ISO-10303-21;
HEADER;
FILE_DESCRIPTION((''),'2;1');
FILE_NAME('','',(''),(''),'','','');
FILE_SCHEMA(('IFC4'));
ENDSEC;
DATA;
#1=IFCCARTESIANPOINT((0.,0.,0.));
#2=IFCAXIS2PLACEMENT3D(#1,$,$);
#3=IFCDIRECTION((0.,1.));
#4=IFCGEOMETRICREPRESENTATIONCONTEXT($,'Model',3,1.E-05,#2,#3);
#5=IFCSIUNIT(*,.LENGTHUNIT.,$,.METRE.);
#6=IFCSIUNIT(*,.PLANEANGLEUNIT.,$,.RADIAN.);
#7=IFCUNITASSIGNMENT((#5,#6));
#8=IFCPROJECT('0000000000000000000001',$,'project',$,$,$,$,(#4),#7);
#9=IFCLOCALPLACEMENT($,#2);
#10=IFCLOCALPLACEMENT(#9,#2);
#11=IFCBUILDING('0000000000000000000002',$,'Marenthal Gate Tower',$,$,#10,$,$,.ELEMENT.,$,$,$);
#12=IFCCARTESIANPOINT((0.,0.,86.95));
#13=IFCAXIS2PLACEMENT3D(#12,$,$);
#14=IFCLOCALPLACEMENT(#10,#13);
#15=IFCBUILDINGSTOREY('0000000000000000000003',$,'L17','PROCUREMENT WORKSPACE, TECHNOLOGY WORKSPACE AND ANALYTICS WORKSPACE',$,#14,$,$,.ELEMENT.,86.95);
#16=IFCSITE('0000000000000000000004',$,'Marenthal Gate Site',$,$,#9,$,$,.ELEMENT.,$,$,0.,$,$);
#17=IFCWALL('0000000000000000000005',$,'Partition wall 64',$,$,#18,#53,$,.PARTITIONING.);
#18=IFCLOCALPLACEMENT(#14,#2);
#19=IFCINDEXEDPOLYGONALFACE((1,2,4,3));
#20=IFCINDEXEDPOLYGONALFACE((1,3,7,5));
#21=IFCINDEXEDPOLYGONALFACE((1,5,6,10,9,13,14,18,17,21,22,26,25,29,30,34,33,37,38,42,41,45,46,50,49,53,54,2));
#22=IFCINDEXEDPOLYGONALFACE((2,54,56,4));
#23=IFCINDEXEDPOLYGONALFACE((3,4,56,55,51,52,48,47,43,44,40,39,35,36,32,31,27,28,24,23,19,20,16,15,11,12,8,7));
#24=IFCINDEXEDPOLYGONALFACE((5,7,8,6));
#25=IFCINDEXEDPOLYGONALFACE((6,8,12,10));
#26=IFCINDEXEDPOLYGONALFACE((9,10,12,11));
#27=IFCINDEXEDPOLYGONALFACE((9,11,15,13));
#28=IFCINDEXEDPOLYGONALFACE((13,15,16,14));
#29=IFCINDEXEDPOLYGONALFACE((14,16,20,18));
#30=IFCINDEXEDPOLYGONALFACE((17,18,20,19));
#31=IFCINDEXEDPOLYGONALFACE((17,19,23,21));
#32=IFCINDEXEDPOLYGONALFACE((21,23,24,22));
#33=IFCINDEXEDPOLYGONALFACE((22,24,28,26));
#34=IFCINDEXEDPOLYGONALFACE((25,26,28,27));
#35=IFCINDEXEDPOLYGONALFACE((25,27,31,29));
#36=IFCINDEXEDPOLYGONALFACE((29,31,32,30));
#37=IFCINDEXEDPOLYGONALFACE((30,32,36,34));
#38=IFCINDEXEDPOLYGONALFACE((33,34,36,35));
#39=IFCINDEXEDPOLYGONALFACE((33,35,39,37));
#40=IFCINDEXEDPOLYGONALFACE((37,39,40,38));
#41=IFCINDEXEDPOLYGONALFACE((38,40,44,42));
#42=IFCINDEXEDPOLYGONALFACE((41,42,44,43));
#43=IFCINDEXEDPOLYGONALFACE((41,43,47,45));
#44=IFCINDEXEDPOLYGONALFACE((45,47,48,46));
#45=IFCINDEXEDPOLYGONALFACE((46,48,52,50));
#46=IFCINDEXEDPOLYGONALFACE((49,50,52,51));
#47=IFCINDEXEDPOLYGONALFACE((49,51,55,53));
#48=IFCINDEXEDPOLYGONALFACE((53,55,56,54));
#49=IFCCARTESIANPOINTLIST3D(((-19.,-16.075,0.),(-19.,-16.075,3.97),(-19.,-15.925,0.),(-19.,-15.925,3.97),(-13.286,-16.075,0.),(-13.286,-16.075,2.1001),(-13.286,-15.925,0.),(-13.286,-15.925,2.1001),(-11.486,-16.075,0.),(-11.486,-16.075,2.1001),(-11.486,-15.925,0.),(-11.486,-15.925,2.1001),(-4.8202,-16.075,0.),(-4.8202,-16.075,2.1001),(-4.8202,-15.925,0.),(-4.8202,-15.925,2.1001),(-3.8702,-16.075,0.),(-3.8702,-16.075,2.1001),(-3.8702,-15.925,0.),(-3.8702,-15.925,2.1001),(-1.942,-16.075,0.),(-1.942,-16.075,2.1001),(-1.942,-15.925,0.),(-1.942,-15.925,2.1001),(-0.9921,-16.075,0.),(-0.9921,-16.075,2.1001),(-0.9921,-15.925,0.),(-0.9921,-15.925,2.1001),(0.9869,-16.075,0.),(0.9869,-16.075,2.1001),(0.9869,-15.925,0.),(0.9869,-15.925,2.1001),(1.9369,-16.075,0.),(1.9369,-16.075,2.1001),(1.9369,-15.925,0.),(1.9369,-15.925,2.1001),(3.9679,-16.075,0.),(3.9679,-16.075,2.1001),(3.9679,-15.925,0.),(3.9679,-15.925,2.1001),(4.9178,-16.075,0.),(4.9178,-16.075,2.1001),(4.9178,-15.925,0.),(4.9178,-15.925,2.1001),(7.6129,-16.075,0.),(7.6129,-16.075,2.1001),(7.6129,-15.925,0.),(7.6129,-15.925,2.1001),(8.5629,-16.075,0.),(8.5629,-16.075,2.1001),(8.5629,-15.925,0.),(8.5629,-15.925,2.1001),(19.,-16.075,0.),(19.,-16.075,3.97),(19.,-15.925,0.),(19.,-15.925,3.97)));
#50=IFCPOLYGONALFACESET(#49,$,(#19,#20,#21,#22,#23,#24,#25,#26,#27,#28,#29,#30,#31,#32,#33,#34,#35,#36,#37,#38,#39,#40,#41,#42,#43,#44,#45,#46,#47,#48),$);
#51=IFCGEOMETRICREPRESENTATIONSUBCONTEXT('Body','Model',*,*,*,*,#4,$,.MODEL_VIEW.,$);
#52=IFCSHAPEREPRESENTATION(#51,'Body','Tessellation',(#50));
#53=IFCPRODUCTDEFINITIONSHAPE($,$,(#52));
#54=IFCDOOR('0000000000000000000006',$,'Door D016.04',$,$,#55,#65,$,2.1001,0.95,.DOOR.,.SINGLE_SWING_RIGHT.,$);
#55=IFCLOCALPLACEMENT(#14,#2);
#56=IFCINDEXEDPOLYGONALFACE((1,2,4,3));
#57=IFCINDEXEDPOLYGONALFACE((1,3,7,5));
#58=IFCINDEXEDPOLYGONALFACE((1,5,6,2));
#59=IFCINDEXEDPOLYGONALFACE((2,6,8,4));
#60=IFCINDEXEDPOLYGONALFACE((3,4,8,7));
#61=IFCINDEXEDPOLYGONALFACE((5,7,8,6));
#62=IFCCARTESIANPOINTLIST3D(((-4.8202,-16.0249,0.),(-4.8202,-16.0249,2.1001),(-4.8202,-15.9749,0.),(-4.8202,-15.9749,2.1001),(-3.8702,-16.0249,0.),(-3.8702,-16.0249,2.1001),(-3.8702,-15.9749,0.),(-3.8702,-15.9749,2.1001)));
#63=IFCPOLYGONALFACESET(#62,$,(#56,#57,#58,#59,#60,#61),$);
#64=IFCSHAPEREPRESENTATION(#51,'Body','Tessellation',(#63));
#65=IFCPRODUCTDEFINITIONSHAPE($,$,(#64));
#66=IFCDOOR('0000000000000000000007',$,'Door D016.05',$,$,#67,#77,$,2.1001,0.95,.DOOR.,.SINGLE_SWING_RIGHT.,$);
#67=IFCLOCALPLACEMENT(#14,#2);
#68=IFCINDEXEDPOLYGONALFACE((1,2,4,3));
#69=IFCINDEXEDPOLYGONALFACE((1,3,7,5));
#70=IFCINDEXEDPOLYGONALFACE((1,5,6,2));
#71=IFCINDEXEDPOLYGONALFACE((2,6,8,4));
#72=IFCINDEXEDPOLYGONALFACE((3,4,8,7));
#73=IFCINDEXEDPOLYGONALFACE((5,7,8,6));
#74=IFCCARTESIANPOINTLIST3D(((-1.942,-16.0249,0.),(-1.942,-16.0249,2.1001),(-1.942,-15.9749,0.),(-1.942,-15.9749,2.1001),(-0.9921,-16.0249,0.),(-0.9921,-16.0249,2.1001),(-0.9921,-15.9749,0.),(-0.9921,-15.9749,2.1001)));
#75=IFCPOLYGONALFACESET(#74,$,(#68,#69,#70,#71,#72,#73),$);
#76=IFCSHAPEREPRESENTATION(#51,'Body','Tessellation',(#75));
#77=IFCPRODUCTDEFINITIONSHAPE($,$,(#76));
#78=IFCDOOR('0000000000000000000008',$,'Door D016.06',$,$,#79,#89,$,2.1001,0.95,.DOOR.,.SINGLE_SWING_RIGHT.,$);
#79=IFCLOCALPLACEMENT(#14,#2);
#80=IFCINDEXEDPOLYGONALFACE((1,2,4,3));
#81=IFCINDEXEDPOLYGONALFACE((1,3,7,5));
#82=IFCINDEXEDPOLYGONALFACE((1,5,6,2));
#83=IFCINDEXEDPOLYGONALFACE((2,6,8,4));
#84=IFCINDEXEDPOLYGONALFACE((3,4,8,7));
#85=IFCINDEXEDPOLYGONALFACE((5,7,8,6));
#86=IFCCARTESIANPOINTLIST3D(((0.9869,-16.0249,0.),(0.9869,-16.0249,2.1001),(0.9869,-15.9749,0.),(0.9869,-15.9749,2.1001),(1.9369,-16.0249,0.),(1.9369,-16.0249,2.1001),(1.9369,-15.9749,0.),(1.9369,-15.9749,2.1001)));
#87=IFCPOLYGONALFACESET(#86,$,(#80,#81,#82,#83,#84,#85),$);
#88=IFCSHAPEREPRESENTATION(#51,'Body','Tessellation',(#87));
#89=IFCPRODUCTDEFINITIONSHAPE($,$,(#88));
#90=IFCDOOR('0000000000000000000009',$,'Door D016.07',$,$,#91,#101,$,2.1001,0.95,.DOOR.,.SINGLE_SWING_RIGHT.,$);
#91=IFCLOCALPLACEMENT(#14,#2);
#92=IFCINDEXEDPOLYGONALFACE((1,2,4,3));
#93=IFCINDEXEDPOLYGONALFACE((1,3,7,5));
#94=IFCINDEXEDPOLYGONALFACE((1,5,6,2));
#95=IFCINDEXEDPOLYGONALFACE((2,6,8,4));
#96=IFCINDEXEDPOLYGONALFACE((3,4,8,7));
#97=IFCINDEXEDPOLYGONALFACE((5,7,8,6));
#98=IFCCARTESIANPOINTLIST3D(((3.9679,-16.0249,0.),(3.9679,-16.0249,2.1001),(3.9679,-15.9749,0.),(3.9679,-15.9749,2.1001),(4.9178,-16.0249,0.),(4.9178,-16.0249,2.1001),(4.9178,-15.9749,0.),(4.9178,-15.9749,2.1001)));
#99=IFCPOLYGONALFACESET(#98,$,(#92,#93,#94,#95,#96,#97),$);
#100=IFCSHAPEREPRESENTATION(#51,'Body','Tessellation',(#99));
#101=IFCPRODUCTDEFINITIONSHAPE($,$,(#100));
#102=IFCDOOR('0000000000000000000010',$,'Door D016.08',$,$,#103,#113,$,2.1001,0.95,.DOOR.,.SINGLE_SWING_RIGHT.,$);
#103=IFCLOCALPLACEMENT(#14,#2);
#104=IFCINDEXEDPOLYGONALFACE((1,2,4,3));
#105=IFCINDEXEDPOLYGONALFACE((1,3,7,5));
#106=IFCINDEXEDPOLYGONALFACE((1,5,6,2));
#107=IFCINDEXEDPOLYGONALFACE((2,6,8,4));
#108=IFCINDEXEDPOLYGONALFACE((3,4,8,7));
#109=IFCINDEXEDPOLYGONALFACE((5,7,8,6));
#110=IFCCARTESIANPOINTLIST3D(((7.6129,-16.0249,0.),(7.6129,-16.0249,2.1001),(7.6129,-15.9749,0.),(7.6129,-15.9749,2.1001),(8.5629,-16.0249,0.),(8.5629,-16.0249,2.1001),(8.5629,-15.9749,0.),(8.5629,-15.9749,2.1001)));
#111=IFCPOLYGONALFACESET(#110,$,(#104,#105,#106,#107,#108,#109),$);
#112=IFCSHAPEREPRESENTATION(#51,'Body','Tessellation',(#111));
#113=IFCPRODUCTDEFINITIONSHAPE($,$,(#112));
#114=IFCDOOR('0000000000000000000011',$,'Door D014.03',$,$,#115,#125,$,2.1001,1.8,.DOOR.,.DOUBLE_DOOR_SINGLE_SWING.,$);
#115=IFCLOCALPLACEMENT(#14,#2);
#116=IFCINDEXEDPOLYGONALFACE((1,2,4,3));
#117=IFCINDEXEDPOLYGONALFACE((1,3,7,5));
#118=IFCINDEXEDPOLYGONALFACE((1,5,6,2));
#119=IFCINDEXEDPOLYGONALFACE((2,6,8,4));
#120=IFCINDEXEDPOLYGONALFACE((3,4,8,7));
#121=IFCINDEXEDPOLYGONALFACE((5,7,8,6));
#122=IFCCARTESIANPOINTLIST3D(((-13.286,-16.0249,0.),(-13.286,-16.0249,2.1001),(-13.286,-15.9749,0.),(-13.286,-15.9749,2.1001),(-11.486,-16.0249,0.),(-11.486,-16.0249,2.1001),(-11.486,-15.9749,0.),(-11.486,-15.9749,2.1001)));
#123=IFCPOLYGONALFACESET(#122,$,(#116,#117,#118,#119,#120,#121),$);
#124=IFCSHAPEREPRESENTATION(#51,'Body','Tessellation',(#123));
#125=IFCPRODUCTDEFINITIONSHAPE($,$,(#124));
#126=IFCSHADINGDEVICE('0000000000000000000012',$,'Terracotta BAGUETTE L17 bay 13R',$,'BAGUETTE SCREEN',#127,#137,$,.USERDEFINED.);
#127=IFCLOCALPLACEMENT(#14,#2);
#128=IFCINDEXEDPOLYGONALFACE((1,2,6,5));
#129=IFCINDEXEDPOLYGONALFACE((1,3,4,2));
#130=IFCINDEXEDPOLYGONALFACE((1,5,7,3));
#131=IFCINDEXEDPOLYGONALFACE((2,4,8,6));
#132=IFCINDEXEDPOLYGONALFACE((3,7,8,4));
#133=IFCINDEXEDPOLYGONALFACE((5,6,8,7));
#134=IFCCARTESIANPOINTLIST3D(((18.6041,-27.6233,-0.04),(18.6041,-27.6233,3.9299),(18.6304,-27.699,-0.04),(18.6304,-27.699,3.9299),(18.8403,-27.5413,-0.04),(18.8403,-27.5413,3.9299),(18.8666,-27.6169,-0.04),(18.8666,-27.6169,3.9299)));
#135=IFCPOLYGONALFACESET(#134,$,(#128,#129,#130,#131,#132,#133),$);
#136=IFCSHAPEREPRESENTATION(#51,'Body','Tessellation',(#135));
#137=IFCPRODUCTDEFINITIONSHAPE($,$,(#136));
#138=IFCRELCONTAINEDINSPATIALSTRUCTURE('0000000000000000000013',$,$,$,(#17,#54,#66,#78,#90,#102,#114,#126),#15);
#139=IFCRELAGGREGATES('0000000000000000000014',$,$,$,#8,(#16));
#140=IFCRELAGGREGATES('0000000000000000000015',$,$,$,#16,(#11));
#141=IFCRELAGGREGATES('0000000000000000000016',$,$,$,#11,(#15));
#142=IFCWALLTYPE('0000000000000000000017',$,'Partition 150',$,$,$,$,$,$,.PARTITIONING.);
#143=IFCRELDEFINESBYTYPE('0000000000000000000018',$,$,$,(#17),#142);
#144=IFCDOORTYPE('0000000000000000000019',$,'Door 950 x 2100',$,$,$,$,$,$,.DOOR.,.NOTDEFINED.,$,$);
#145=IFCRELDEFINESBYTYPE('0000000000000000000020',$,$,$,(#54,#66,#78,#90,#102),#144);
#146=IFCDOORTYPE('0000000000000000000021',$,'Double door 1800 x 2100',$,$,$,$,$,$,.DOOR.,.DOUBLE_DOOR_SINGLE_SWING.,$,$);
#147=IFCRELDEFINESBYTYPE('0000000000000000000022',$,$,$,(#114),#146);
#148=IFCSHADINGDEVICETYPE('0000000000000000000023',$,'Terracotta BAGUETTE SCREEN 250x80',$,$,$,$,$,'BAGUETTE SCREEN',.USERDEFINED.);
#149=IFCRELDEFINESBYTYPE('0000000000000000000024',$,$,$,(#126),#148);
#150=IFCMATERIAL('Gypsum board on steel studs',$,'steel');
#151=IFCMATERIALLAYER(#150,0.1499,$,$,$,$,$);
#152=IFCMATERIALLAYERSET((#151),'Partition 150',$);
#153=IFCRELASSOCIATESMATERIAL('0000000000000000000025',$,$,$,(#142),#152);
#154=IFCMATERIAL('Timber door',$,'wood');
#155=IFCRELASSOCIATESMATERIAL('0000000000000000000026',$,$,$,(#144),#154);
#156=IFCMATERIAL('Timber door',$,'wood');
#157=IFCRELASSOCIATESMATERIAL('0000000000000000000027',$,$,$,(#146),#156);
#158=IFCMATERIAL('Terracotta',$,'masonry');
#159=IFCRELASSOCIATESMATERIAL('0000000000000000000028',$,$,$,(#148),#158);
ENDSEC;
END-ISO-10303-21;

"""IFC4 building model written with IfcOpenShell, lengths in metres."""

from ifc_helpers import new_model, si_unit, direction, frame, frame_2d, origin, origin_2d, place, context, subcontext, project, spatial, rectangle, extrude, material, layer, layer_set, material_profile, profile_set, type_object, element, fill, save


model = new_model("IFC4")

# Units and contexts
model_context = context("Model", 3, precision=1e-05, world=origin(), true_north=direction((0.0, 1.0)))
body_context = subcontext(model_context, "Body", "Model", "MODEL_VIEW")
ifc_project = project(units=[si_unit("LENGTHUNIT", "METRE"), si_unit("PLANEANGLEUNIT", "RADIAN")], contexts=[model_context])

# Site, building, storey
site_placement = place(None, origin())
site = spatial("IfcSite", under=ifc_project, at=site_placement, Name="Marenthal Gate Site", CompositionType="ELEMENT", RefElevation=0.0)
building_placement = place(site_placement, origin())
building = spatial("IfcBuilding", under=site, at=building_placement, Name="Marenthal Gate Tower", CompositionType="ELEMENT")
storey_placement = place(building_placement, frame((0.0, 0.0, 86.95)))
storey = spatial("IfcBuildingStorey", under=building, at=storey_placement, Name="L17", Description="PROCUREMENT WORKSPACE, TECHNOLOGY WORKSPACE AND ANALYTICS WORKSPACE", CompositionType="ELEMENT", Elevation=86.95)

# Wall, openings, doors
ifc_material_1 = material(Name="Gypsum board on steel studs", Category="steel")
ifc_layer_1 = layer(ifc_material_1, 0.1499)
ifc_layer_set_1 = layer_set([ifc_layer_1], Name="Partition 150")
wall_type_1 = type_object("IfcWallType", Name="Partition 150", PredefinedType="PARTITIONING", material=ifc_layer_set_1)
wall_1_placement = place(storey_placement, frame((19.0, -16.0, 0.0), z_axis=(0.0, 0.0, 1.0), x_axis=(-1.0, 0.0, 0.0)))
wall_1 = element("IfcWall", 1, at=wall_1_placement, inside=storey, type_object=wall_type_1, Name="Partition wall 64", PredefinedType="PARTITIONING", context=body_context, shape_type="SweptSolid", body=[
    extrude(rectangle(XDim=38.0, YDim=0.1499, at=frame_2d((19.0, 0.0))), origin(), (0.0, 0.0, 1.0), 3.97),
])
opening_1_placement = place(wall_1_placement, frame((30.4861, 0.0, 0.0)))
opening_1 = element("IfcOpeningElement", 2, at=opening_1_placement, cuts=wall_1, PredefinedType="OPENING", context=body_context, shape_type="SweptSolid", body=[
    extrude(rectangle(XDim=1.8, YDim=2.1001, at=frame_2d((0.8999, 1.05))), frame((0.0, 0.085, 0.0), z_axis=(0.0, -1.0, 0.0), x_axis=(1.0, 0.0, 0.0)), (0.0, 0.0, 1.0), 0.1699),
])
opening_2_placement = place(wall_1_placement, frame((22.8701, 0.0, 0.0)))
opening_2 = element("IfcOpeningElement", 3, at=opening_2_placement, cuts=wall_1, PredefinedType="OPENING", context=body_context, shape_type="SweptSolid", body=[
    extrude(rectangle(XDim=0.95, YDim=2.1001, at=frame_2d((0.4751, 1.05))), frame((0.0, 0.085, 0.0), z_axis=(0.0, -1.0, 0.0), x_axis=(1.0, 0.0, 0.0)), (0.0, 0.0, 1.0), 0.1699),
])
opening_3_placement = place(wall_1_placement, frame((19.9919, 0.0, 0.0)))
opening_3 = element("IfcOpeningElement", 4, at=opening_3_placement, cuts=wall_1, PredefinedType="OPENING", context=body_context, shape_type="SweptSolid", body=[
    extrude(rectangle(XDim=0.95, YDim=2.1001, at=frame_2d((0.4751, 1.05))), frame((0.0, 0.085, 0.0), z_axis=(0.0, -1.0, 0.0), x_axis=(1.0, 0.0, 0.0)), (0.0, 0.0, 1.0), 0.1699),
])
opening_4_placement = place(wall_1_placement, frame((17.063, 0.0, 0.0)))
opening_4 = element("IfcOpeningElement", 5, at=opening_4_placement, cuts=wall_1, PredefinedType="OPENING", context=body_context, shape_type="SweptSolid", body=[
    extrude(rectangle(XDim=0.95, YDim=2.1001, at=frame_2d((0.4751, 1.05))), frame((0.0, 0.085, 0.0), z_axis=(0.0, -1.0, 0.0), x_axis=(1.0, 0.0, 0.0)), (0.0, 0.0, 1.0), 0.1699),
])
opening_5_placement = place(wall_1_placement, frame((14.082, 0.0, 0.0)))
opening_5 = element("IfcOpeningElement", 6, at=opening_5_placement, cuts=wall_1, PredefinedType="OPENING", context=body_context, shape_type="SweptSolid", body=[
    extrude(rectangle(XDim=0.95, YDim=2.1001, at=frame_2d((0.4751, 1.05))), frame((0.0, 0.085, 0.0), z_axis=(0.0, -1.0, 0.0), x_axis=(1.0, 0.0, 0.0)), (0.0, 0.0, 1.0), 0.1699),
])
opening_6_placement = place(wall_1_placement, frame((10.437, 0.0, 0.0)))
opening_6 = element("IfcOpeningElement", 7, at=opening_6_placement, cuts=wall_1, PredefinedType="OPENING", context=body_context, shape_type="SweptSolid", body=[
    extrude(rectangle(XDim=0.95, YDim=2.1001, at=frame_2d((0.4751, 1.05))), frame((0.0, 0.085, 0.0), z_axis=(0.0, -1.0, 0.0), x_axis=(1.0, 0.0, 0.0)), (0.0, 0.0, 1.0), 0.1699),
])
ifc_material_2 = material(Name="Timber door", Category="wood")
door_type_1 = type_object("IfcDoorType", Name="Door 950 x 2100", OperationType="NOTDEFINED", PredefinedType="DOOR", material=ifc_material_2)
door_1_placement = place(opening_2_placement, origin())
door_1 = element("IfcDoor", 8, at=door_1_placement, inside=storey, type_object=door_type_1, Name="Door D016.04", OperationType="SINGLE_SWING_RIGHT", OverallHeight=2.1001, OverallWidth=0.95, PredefinedType="DOOR", context=body_context, shape_type="SweptSolid", body=[
    extrude(rectangle(XDim=0.95, YDim=2.1001, at=frame_2d((0.4751, 1.05))), frame((0.0, 0.0249, 0.0), z_axis=(0.0, -1.0, 0.0), x_axis=(1.0, 0.0, 0.0)), (0.0, 0.0, 1.0), 0.05),
])
fill(opening_2, door_1)
door_2_placement = place(opening_3_placement, origin())
door_2 = element("IfcDoor", 9, at=door_2_placement, inside=storey, type_object=door_type_1, Name="Door D016.05", OperationType="SINGLE_SWING_RIGHT", OverallHeight=2.1001, OverallWidth=0.95, PredefinedType="DOOR", context=body_context, shape_type="SweptSolid", body=[
    extrude(rectangle(XDim=0.95, YDim=2.1001, at=frame_2d((0.4751, 1.05))), frame((0.0, 0.0249, 0.0), z_axis=(0.0, -1.0, 0.0), x_axis=(1.0, 0.0, 0.0)), (0.0, 0.0, 1.0), 0.05),
])
fill(opening_3, door_2)
door_3_placement = place(opening_4_placement, origin())
door_3 = element("IfcDoor", 10, at=door_3_placement, inside=storey, type_object=door_type_1, Name="Door D016.06", OperationType="SINGLE_SWING_RIGHT", OverallHeight=2.1001, OverallWidth=0.95, PredefinedType="DOOR", context=body_context, shape_type="SweptSolid", body=[
    extrude(rectangle(XDim=0.95, YDim=2.1001, at=frame_2d((0.4751, 1.05))), frame((0.0, 0.0249, 0.0), z_axis=(0.0, -1.0, 0.0), x_axis=(1.0, 0.0, 0.0)), (0.0, 0.0, 1.0), 0.05),
])
fill(opening_4, door_3)
door_4_placement = place(opening_5_placement, origin())
door_4 = element("IfcDoor", 11, at=door_4_placement, inside=storey, type_object=door_type_1, Name="Door D016.07", OperationType="SINGLE_SWING_RIGHT", OverallHeight=2.1001, OverallWidth=0.95, PredefinedType="DOOR", context=body_context, shape_type="SweptSolid", body=[
    extrude(rectangle(XDim=0.95, YDim=2.1001, at=frame_2d((0.4751, 1.05))), frame((0.0, 0.0249, 0.0), z_axis=(0.0, -1.0, 0.0), x_axis=(1.0, 0.0, 0.0)), (0.0, 0.0, 1.0), 0.05),
])
fill(opening_5, door_4)
door_5_placement = place(opening_6_placement, origin())
door_5 = element("IfcDoor", 12, at=door_5_placement, inside=storey, type_object=door_type_1, Name="Door D016.08", OperationType="SINGLE_SWING_RIGHT", OverallHeight=2.1001, OverallWidth=0.95, PredefinedType="DOOR", context=body_context, shape_type="SweptSolid", body=[
    extrude(rectangle(XDim=0.95, YDim=2.1001, at=frame_2d((0.4751, 1.05))), frame((0.0, 0.0249, 0.0), z_axis=(0.0, -1.0, 0.0), x_axis=(1.0, 0.0, 0.0)), (0.0, 0.0, 1.0), 0.05),
])
fill(opening_6, door_5)
ifc_material_3 = material(Name="Timber door", Category="wood")
door_type_2 = type_object("IfcDoorType", Name="Double door 1800 x 2100", OperationType="DOUBLE_DOOR_SINGLE_SWING", PredefinedType="DOOR", material=ifc_material_3)
door_6_placement = place(opening_1_placement, origin())
door_6 = element("IfcDoor", 13, at=door_6_placement, inside=storey, type_object=door_type_2, Name="Door D014.03", OperationType="DOUBLE_DOOR_SINGLE_SWING", OverallHeight=2.1001, OverallWidth=1.8, PredefinedType="DOOR", context=body_context, shape_type="SweptSolid", body=[
    extrude(rectangle(XDim=1.8, YDim=2.1001, at=frame_2d((0.8999, 1.05))), frame((0.0, 0.0249, 0.0), z_axis=(0.0, -1.0, 0.0), x_axis=(1.0, 0.0, 0.0)), (0.0, 0.0, 1.0), 0.05),
])
fill(opening_1, door_6)

# Shading device
ifc_material_4 = material(Name="Terracotta", Category="masonry")
ifc_material_profile_1 = material_profile(ifc_material_4, rectangle(XDim=0.25, YDim=0.0801, at=origin_2d()), Name="Terracotta baguette 250x80")
ifc_profile_set_1 = profile_set([ifc_material_profile_1], Name="Terracotta")
shading_device_type = type_object("IfcShadingDeviceType", Name="Terracotta BAGUETTE SCREEN 250x80", ElementType="BAGUETTE SCREEN", PredefinedType="USERDEFINED", material=ifc_profile_set_1)
shading_device_placement = place(storey_placement, frame((18.7354, -27.6201, -0.04), z_axis=(0.0, 0.0, 1.0), x_axis=(0.944634, 0.328125, 0.0)))
element("IfcShadingDevice", 14, at=shading_device_placement, inside=storey, type_object=shading_device_type, Name="Terracotta BAGUETTE L17 bay 13R", ObjectType="BAGUETTE SCREEN", PredefinedType="USERDEFINED", context=body_context, shape_type="SweptSolid", body=[
    extrude(rectangle(XDim=0.25, YDim=0.0801, at=origin_2d()), origin(), (0.0, 0.0, 1.0), 3.97),
])

save(model, "model.ifc")
